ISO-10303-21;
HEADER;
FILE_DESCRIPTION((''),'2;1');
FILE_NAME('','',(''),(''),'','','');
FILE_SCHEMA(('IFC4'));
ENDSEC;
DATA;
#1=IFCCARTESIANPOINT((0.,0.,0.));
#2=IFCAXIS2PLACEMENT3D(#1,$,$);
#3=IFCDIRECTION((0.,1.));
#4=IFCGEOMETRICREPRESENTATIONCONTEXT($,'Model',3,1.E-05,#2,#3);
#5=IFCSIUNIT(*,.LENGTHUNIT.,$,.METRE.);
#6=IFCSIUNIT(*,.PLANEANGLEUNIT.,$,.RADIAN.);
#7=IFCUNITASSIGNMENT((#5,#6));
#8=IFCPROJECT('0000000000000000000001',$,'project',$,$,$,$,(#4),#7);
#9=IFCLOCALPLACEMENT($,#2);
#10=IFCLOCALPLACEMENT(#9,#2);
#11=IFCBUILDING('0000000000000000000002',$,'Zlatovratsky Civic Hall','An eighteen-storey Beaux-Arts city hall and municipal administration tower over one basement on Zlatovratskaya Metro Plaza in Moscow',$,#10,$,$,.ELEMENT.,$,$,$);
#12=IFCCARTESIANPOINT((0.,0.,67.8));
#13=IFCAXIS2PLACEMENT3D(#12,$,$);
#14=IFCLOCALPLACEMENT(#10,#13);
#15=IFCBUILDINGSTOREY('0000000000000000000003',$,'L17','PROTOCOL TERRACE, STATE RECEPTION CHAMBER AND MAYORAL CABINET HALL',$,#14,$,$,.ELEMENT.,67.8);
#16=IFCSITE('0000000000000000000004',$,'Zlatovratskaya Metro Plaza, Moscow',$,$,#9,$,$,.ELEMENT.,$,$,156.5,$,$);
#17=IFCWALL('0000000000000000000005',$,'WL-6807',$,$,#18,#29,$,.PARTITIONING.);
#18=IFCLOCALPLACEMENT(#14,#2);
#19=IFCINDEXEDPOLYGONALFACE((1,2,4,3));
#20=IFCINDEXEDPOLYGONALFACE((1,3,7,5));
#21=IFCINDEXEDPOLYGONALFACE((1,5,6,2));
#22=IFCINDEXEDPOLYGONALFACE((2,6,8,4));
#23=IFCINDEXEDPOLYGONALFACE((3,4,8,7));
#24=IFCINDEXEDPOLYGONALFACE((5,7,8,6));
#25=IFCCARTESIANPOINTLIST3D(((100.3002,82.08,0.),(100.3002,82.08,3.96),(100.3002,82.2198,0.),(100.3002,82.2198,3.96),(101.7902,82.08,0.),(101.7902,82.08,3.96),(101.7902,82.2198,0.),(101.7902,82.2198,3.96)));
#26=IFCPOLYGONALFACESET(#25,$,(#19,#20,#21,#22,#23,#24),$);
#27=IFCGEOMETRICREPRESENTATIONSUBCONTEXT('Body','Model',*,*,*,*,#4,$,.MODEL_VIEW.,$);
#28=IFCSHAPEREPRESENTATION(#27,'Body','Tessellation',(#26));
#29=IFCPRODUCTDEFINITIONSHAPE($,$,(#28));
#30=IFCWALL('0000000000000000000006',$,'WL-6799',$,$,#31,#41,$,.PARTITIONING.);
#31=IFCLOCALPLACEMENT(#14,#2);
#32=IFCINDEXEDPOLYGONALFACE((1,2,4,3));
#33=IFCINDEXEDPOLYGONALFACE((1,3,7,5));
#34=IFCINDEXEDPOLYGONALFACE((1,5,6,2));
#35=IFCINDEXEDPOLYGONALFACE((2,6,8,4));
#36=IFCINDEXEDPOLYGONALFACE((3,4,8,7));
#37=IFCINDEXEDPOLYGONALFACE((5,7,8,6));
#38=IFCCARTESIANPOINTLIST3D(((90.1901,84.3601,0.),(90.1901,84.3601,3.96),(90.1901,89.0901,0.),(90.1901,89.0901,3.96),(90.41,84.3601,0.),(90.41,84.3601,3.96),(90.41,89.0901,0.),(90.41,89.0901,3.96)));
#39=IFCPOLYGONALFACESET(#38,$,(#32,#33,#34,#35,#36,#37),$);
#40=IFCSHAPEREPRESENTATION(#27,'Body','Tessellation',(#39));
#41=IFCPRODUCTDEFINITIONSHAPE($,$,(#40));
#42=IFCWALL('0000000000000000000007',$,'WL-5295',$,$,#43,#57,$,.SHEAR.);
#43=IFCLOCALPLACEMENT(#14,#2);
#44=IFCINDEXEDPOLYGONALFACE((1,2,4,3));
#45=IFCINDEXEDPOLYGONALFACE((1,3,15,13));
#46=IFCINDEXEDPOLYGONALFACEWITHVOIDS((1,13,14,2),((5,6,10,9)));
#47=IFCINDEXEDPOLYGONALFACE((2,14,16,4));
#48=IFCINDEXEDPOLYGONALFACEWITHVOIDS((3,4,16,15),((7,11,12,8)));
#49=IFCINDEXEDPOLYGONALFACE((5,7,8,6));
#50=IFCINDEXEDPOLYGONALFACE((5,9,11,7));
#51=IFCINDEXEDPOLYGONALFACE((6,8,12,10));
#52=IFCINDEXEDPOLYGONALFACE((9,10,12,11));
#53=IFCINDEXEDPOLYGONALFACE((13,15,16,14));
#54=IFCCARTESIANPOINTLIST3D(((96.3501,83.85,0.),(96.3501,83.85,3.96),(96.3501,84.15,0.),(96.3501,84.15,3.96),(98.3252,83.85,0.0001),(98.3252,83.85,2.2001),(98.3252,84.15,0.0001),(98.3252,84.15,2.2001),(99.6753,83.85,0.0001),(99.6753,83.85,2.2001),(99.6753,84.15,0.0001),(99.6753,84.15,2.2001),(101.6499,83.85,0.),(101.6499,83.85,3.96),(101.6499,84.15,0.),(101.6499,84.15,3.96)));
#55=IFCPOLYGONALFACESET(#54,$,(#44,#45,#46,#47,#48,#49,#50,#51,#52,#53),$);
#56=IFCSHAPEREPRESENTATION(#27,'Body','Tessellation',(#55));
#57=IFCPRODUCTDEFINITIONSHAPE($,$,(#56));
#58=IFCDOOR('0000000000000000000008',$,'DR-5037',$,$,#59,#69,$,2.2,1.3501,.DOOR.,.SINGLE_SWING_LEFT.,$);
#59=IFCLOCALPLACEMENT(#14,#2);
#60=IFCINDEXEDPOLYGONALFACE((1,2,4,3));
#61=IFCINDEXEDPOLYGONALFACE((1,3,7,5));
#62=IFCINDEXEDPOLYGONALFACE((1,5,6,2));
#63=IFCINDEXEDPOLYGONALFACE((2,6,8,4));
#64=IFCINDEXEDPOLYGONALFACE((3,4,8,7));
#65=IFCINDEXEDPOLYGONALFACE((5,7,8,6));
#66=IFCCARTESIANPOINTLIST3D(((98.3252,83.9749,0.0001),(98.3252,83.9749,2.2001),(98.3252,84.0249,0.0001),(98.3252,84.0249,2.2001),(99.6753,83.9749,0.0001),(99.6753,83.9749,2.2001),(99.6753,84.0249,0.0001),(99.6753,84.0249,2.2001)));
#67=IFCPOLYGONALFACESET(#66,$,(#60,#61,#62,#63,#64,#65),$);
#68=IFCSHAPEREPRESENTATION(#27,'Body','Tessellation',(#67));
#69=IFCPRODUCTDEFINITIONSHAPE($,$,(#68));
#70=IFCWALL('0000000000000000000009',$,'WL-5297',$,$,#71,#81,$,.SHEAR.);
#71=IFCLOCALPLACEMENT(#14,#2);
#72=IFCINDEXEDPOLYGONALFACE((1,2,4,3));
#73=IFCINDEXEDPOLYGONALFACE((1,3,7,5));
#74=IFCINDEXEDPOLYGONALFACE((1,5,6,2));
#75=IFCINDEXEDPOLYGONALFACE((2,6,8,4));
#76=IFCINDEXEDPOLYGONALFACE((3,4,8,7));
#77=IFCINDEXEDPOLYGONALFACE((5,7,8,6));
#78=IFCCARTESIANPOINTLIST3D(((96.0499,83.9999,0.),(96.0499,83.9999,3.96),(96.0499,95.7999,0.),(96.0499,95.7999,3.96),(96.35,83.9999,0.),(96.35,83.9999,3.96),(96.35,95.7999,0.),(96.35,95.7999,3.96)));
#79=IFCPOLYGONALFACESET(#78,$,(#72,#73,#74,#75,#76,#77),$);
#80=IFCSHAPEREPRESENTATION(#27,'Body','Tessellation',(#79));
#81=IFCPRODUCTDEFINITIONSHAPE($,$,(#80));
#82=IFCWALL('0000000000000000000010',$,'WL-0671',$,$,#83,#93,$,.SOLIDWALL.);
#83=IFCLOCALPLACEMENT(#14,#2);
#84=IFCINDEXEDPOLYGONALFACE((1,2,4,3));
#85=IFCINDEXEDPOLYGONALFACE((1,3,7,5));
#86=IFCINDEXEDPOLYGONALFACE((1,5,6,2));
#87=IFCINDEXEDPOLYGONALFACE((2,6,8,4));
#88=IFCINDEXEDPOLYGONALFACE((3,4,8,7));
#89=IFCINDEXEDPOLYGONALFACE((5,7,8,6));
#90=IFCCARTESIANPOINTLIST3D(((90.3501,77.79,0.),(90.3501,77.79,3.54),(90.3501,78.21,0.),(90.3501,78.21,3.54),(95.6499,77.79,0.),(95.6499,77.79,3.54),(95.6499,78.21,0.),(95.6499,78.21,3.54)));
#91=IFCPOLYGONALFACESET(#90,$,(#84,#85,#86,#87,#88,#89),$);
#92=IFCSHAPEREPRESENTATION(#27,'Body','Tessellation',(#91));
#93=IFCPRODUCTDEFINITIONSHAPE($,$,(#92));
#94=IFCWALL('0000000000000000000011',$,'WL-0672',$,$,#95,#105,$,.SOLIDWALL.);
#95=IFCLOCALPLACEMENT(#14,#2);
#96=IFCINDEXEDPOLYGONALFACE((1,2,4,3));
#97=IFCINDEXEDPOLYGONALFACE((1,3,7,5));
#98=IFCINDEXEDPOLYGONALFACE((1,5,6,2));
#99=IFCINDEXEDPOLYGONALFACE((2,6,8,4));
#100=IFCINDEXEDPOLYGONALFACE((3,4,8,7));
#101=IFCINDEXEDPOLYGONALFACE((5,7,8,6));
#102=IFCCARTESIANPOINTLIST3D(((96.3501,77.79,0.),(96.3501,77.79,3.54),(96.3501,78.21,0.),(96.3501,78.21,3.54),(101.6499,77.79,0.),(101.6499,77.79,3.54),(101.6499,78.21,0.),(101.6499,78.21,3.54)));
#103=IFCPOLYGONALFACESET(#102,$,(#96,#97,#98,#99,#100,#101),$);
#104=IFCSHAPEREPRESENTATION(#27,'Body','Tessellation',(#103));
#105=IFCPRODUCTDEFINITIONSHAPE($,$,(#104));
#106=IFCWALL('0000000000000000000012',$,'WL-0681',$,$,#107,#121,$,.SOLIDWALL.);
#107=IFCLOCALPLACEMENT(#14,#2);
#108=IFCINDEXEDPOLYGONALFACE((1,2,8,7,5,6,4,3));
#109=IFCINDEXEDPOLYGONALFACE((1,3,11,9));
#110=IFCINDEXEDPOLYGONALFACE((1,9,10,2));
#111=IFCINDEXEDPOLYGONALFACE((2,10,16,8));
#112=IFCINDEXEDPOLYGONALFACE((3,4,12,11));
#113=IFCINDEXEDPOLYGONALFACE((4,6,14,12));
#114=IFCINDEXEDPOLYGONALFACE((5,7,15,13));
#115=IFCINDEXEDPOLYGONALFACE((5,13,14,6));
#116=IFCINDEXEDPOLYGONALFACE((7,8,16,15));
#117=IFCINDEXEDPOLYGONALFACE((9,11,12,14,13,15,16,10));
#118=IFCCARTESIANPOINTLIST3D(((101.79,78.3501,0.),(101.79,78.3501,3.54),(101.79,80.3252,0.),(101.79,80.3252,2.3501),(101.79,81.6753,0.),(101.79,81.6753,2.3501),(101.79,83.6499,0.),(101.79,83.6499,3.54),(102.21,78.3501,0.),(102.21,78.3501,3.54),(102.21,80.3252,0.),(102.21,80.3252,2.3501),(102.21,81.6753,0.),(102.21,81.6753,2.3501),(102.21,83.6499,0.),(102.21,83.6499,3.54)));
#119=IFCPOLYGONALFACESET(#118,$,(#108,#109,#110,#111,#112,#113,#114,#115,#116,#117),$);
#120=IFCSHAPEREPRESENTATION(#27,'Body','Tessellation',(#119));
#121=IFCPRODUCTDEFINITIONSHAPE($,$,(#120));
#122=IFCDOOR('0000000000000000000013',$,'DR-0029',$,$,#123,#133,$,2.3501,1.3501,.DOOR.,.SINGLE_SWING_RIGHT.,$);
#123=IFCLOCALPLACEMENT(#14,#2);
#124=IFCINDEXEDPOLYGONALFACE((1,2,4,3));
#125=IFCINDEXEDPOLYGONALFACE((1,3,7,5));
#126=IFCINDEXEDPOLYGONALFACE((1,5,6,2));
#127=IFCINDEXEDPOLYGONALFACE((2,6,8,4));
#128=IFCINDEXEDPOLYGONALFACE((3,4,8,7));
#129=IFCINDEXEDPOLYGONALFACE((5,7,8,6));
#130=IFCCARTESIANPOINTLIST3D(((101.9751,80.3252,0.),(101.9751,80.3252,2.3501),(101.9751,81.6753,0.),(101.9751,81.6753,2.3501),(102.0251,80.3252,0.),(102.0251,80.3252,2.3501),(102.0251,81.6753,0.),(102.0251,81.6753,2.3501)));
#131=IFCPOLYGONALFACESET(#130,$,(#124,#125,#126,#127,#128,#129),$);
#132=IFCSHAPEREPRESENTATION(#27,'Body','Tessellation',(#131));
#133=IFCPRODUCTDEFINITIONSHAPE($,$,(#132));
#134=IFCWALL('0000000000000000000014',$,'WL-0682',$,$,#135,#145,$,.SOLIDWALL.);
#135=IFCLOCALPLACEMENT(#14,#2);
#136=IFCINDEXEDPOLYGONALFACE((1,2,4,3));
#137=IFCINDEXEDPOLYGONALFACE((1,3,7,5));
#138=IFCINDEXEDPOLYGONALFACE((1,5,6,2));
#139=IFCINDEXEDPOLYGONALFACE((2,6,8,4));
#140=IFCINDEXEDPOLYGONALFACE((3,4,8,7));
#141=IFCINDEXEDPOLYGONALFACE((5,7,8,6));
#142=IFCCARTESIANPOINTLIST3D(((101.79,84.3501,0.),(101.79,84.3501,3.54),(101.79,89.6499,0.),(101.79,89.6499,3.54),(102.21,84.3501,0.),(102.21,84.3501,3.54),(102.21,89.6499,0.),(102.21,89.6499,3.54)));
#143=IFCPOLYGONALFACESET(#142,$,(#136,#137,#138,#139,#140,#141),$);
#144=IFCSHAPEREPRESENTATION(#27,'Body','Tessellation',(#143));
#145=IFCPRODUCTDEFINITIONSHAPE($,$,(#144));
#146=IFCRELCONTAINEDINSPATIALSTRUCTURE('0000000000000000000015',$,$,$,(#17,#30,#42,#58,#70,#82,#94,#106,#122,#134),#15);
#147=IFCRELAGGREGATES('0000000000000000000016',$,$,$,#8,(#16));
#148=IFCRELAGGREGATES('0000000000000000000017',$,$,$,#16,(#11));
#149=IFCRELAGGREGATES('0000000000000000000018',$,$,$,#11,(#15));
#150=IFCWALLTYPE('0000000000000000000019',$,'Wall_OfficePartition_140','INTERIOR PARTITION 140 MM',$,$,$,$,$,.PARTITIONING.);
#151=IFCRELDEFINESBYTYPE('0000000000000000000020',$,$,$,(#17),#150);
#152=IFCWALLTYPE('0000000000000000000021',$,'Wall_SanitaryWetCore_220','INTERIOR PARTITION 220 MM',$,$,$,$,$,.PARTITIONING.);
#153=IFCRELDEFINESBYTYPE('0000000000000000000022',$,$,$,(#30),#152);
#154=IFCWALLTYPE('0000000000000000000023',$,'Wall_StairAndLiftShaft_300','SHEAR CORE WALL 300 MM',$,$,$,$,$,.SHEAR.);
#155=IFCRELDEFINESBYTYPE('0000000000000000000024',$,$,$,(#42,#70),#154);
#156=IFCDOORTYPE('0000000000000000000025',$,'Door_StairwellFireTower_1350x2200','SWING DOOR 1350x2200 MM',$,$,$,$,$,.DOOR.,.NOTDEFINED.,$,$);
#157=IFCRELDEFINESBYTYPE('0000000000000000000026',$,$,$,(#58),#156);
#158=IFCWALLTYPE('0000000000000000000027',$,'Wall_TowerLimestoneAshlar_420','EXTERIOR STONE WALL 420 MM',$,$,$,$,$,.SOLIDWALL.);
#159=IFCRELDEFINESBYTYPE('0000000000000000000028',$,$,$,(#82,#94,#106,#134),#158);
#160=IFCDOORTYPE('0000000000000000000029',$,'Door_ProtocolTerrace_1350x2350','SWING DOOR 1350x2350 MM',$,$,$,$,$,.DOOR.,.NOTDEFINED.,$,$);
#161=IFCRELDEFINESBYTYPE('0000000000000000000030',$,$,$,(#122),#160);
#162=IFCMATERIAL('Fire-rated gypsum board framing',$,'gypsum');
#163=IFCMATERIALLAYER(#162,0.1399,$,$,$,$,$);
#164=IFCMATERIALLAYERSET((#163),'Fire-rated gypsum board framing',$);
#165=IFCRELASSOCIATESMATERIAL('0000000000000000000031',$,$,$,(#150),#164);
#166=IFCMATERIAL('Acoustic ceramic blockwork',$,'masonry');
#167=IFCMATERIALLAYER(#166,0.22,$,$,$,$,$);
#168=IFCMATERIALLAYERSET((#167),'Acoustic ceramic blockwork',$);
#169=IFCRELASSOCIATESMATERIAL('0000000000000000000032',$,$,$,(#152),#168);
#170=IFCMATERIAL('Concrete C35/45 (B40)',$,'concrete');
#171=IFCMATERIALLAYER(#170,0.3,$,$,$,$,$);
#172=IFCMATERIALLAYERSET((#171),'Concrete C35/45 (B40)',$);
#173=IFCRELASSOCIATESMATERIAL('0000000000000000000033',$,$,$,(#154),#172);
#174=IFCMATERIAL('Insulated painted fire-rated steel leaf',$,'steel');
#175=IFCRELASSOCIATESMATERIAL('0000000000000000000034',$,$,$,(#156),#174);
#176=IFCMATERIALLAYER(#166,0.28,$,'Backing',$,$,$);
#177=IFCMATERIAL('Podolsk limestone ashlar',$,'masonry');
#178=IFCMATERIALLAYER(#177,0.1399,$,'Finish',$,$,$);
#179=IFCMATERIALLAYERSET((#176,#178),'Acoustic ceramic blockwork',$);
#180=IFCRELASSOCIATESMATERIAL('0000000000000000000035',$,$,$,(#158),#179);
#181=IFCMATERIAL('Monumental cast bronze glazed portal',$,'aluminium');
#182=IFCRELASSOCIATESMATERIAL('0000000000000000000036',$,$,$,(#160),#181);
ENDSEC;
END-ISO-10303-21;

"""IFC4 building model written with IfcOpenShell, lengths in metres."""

from ifc_helpers import new_model, si_unit, direction, frame, frame_2d, origin, place, context, subcontext, project, spatial, rectangle, extrude, material, layer, layer_set, type_object, element, fill, save


model = new_model("IFC4")

# Units and contexts
model_context = context("Model", 3, precision=1e-05, world=origin(), true_north=direction((0.0, 1.0)))
body_context = subcontext(model_context, "Body", "Model", "MODEL_VIEW")
ifc_project = project(units=[si_unit("LENGTHUNIT", "METRE"), si_unit("PLANEANGLEUNIT", "RADIAN")], contexts=[model_context])

# Site, building, storey
site_placement = place(None, origin())
site = spatial("IfcSite", under=ifc_project, at=site_placement, Name="Zlatovratskaya Metro Plaza, Moscow", CompositionType="ELEMENT", RefElevation=156.5)
building_placement = place(site_placement, origin())
building = spatial("IfcBuilding", under=site, at=building_placement, Name="Zlatovratsky Civic Hall", Description="An eighteen-storey Beaux-Arts city hall and municipal administration tower over one basement on Zlatovratskaya Metro Plaza in Moscow", CompositionType="ELEMENT")
storey_placement = place(building_placement, frame((0.0, 0.0, 67.8)))
storey = spatial("IfcBuildingStorey", under=building, at=storey_placement, Name="L17", Description="PROTOCOL TERRACE, STATE RECEPTION CHAMBER AND MAYORAL CABINET HALL", CompositionType="ELEMENT", Elevation=67.8)

# Shared definitions
ifc_material_1 = material(Name="Concrete C35/45 (B40)", Category="concrete")

# Shared definitions
ifc_material_2 = material(Name="Acoustic ceramic blockwork", Category="masonry")

# Shared definitions
ifc_material_3 = material(Name="Insulated painted fire-rated steel leaf", Category="steel")

# Wall
ifc_material_4 = material(Name="Fire-rated gypsum board framing", Category="gypsum")
ifc_layer_1 = layer(ifc_material_4, 0.1399)
ifc_layer_set_1 = layer_set([ifc_layer_1], Name="Fire-rated gypsum board framing")
wall_type_1 = type_object("IfcWallType", Name="Wall_OfficePartition_140", Description="INTERIOR PARTITION 140 MM", PredefinedType="PARTITIONING", material=ifc_layer_set_1)
wall_1_placement = place(storey_placement, frame((100.3, 82.1499, 0.0), z_axis=(0.0, 0.0, 1.0), x_axis=(1.0, 0.0, 0.0)))
element("IfcWall", 1, at=wall_1_placement, inside=storey, type_object=wall_type_1, Name="WL-6807", PredefinedType="PARTITIONING", context=body_context, shape_type="SweptSolid", body=[
    extrude(rectangle(XDim=1.49, YDim=0.1399, at=frame_2d((0.7451, 0.0))), origin(), (0.0, 0.0, 1.0), 3.96),
])

# Shared definitions
ifc_layer_2 = layer(ifc_material_2, 0.22)
ifc_layer_set_2 = layer_set([ifc_layer_2], Name="Acoustic ceramic blockwork")
wall_type_2 = type_object("IfcWallType", Name="Wall_SanitaryWetCore_220", Description="INTERIOR PARTITION 220 MM", PredefinedType="PARTITIONING", material=ifc_layer_set_2)

# Wall
wall_2_placement = place(storey_placement, frame((90.3, 84.3601, 0.0), z_axis=(0.0, 0.0, 1.0), x_axis=(0.0, 1.0, 0.0)))
element("IfcWall", 2, at=wall_2_placement, inside=storey, type_object=wall_type_2, Name="WL-6799", PredefinedType="PARTITIONING", context=body_context, shape_type="SweptSolid", body=[
    extrude(rectangle(XDim=4.73, YDim=0.22, at=frame_2d((2.365, 0.0))), origin(), (0.0, 0.0, 1.0), 3.96),
])

# Wall, opening, door
ifc_layer_3 = layer(ifc_material_1, 0.3)
ifc_layer_set_3 = layer_set([ifc_layer_3], Name="Concrete C35/45 (B40)")
wall_type_3 = type_object("IfcWallType", Name="Wall_StairAndLiftShaft_300", Description="SHEAR CORE WALL 300 MM", PredefinedType="SHEAR", material=ifc_layer_set_3)
wall_3_placement = place(storey_placement, frame((96.3501, 84.0, 0.0), z_axis=(0.0, 0.0, 1.0), x_axis=(1.0, 0.0, 0.0)))
wall_3 = element("IfcWall", 3, at=wall_3_placement, inside=storey, type_object=wall_type_3, Name="WL-5295", PredefinedType="SHEAR", context=body_context, shape_type="SweptSolid", body=[
    extrude(rectangle(XDim=5.2998, YDim=0.3, at=frame_2d((2.6499, 0.0))), origin(), (0.0, 0.0, 1.0), 3.96),
])
opening_1_placement = place(wall_3_placement, frame((1.9751, 0.0, 0.0)))
opening_1 = element("IfcOpeningElement", 4, at=opening_1_placement, cuts=wall_3, PredefinedType="OPENING", context=body_context, shape_type="SweptSolid", body=[
    extrude(rectangle(XDim=1.3501, YDim=2.2, at=frame_2d((0.675, 1.1001))), frame((0.0, 0.165, 0.0), z_axis=(0.0, -1.0, 0.0), x_axis=(1.0, 0.0, 0.0)), (0.0, 0.0, 1.0), 0.3298),
])
door_type_1 = type_object("IfcDoorType", Name="Door_StairwellFireTower_1350x2200", Description="SWING DOOR 1350x2200 MM", OperationType="NOTDEFINED", PredefinedType="DOOR", material=ifc_material_3)
door_1_placement = place(opening_1_placement, origin())
door_1 = element("IfcDoor", 5, at=door_1_placement, inside=storey, type_object=door_type_1, Name="DR-5037", OperationType="SINGLE_SWING_LEFT", OverallHeight=2.2, OverallWidth=1.3501, PredefinedType="DOOR", context=body_context, shape_type="SweptSolid", body=[
    extrude(rectangle(XDim=1.3501, YDim=2.2, at=frame_2d((0.675, 1.1001))), frame((0.0, 0.0249, 0.0), z_axis=(0.0, -1.0, 0.0), x_axis=(1.0, 0.0, 0.0)), (0.0, 0.0, 1.0), 0.05),
])
fill(opening_1, door_1)

# Walls
wall_4_placement = place(storey_placement, frame((96.2, 84.0, 0.0), z_axis=(0.0, 0.0, 1.0), x_axis=(0.0, 1.0, 0.0)))
element("IfcWall", 6, at=wall_4_placement, inside=storey, type_object=wall_type_3, Name="WL-5297", PredefinedType="SHEAR", context=body_context, shape_type="SweptSolid", body=[
    extrude(rectangle(XDim=11.8, YDim=0.3, at=frame_2d((5.8999, 0.0))), origin(), (0.0, 0.0, 1.0), 3.96),
])
ifc_layer_4 = layer(ifc_material_2, 0.28, Name="Backing")
ifc_material_5 = material(Name="Podolsk limestone ashlar", Category="masonry")
ifc_layer_5 = layer(ifc_material_5, 0.1399, Name="Finish")
ifc_layer_set_4 = layer_set([ifc_layer_4, ifc_layer_5], Name="Acoustic ceramic blockwork")
wall_type_4 = type_object("IfcWallType", Name="Wall_TowerLimestoneAshlar_420", Description="EXTERIOR STONE WALL 420 MM", PredefinedType="SOLIDWALL", material=ifc_layer_set_4)
for number, where, z_axis, x_axis, name in (
    (7, (90.3501, 78.0, 0.0), (0.0, 0.0, 1.0), (1.0, 0.0, 0.0), "WL-0671"),
    (8, (96.3501, 78.0, 0.0), (0.0, 0.0, 1.0), (1.0, 0.0, 0.0), "WL-0672"),
):
    element("IfcWall", number, at=place(storey_placement, frame(where, z_axis=z_axis, x_axis=x_axis)), inside=storey, type_object=wall_type_4, Name=name, PredefinedType="SOLIDWALL", context=body_context, shape_type="SweptSolid", body=[
        extrude(rectangle(XDim=5.2998, YDim=0.4199, at=frame_2d((2.6499, 0.0))), origin(), (0.0, 0.0, 1.0), 3.54),
    ])

# Wall, opening, door
wall_5_placement = place(storey_placement, frame((102.0, 78.3501, 0.0), z_axis=(0.0, 0.0, 1.0), x_axis=(0.0, 1.0, 0.0)))
wall_5 = element("IfcWall", 9, at=wall_5_placement, inside=storey, type_object=wall_type_4, Name="WL-0681", PredefinedType="SOLIDWALL", context=body_context, shape_type="SweptSolid", body=[
    extrude(rectangle(XDim=5.2998, YDim=0.4199, at=frame_2d((2.6499, 0.0))), origin(), (0.0, 0.0, 1.0), 3.54),
])
opening_2_placement = place(wall_5_placement, frame((1.9751, 0.0, 0.0)))
opening_2 = element("IfcOpeningElement", 10, at=opening_2_placement, cuts=wall_5, PredefinedType="OPENING", context=body_context, shape_type="SweptSolid", body=[
    extrude(rectangle(XDim=1.3501, YDim=2.3501, at=frame_2d((0.675, 1.175))), frame((0.0, 0.2249, 0.0), z_axis=(0.0, -1.0, 0.0), x_axis=(1.0, 0.0, 0.0)), (0.0, 0.0, 1.0), 0.4497),
])
ifc_material_6 = material(Name="Monumental cast bronze glazed portal", Category="aluminium")
door_type_2 = type_object("IfcDoorType", Name="Door_ProtocolTerrace_1350x2350", Description="SWING DOOR 1350x2350 MM", OperationType="NOTDEFINED", PredefinedType="DOOR", material=ifc_material_6)
door_2_placement = place(opening_2_placement, origin())
door_2 = element("IfcDoor", 11, at=door_2_placement, inside=storey, type_object=door_type_2, Name="DR-0029", OperationType="SINGLE_SWING_RIGHT", OverallHeight=2.3501, OverallWidth=1.3501, PredefinedType="DOOR", context=body_context, shape_type="SweptSolid", body=[
    extrude(rectangle(XDim=1.3501, YDim=2.3501, at=frame_2d((0.675, 1.175))), frame((0.0, 0.0249, 0.0), z_axis=(0.0, -1.0, 0.0), x_axis=(1.0, 0.0, 0.0)), (0.0, 0.0, 1.0), 0.05),
])
fill(opening_2, door_2)

# Wall
wall_6_placement = place(storey_placement, frame((102.0, 84.3501, 0.0), z_axis=(0.0, 0.0, 1.0), x_axis=(0.0, 1.0, 0.0)))
element("IfcWall", 12, at=wall_6_placement, inside=storey, type_object=wall_type_4, Name="WL-0682", PredefinedType="SOLIDWALL", context=body_context, shape_type="SweptSolid", body=[
    extrude(rectangle(XDim=5.2998, YDim=0.4199, at=frame_2d((2.6499, 0.0))), origin(), (0.0, 0.0, 1.0), 3.54),
])

save(model, "model.ifc")
